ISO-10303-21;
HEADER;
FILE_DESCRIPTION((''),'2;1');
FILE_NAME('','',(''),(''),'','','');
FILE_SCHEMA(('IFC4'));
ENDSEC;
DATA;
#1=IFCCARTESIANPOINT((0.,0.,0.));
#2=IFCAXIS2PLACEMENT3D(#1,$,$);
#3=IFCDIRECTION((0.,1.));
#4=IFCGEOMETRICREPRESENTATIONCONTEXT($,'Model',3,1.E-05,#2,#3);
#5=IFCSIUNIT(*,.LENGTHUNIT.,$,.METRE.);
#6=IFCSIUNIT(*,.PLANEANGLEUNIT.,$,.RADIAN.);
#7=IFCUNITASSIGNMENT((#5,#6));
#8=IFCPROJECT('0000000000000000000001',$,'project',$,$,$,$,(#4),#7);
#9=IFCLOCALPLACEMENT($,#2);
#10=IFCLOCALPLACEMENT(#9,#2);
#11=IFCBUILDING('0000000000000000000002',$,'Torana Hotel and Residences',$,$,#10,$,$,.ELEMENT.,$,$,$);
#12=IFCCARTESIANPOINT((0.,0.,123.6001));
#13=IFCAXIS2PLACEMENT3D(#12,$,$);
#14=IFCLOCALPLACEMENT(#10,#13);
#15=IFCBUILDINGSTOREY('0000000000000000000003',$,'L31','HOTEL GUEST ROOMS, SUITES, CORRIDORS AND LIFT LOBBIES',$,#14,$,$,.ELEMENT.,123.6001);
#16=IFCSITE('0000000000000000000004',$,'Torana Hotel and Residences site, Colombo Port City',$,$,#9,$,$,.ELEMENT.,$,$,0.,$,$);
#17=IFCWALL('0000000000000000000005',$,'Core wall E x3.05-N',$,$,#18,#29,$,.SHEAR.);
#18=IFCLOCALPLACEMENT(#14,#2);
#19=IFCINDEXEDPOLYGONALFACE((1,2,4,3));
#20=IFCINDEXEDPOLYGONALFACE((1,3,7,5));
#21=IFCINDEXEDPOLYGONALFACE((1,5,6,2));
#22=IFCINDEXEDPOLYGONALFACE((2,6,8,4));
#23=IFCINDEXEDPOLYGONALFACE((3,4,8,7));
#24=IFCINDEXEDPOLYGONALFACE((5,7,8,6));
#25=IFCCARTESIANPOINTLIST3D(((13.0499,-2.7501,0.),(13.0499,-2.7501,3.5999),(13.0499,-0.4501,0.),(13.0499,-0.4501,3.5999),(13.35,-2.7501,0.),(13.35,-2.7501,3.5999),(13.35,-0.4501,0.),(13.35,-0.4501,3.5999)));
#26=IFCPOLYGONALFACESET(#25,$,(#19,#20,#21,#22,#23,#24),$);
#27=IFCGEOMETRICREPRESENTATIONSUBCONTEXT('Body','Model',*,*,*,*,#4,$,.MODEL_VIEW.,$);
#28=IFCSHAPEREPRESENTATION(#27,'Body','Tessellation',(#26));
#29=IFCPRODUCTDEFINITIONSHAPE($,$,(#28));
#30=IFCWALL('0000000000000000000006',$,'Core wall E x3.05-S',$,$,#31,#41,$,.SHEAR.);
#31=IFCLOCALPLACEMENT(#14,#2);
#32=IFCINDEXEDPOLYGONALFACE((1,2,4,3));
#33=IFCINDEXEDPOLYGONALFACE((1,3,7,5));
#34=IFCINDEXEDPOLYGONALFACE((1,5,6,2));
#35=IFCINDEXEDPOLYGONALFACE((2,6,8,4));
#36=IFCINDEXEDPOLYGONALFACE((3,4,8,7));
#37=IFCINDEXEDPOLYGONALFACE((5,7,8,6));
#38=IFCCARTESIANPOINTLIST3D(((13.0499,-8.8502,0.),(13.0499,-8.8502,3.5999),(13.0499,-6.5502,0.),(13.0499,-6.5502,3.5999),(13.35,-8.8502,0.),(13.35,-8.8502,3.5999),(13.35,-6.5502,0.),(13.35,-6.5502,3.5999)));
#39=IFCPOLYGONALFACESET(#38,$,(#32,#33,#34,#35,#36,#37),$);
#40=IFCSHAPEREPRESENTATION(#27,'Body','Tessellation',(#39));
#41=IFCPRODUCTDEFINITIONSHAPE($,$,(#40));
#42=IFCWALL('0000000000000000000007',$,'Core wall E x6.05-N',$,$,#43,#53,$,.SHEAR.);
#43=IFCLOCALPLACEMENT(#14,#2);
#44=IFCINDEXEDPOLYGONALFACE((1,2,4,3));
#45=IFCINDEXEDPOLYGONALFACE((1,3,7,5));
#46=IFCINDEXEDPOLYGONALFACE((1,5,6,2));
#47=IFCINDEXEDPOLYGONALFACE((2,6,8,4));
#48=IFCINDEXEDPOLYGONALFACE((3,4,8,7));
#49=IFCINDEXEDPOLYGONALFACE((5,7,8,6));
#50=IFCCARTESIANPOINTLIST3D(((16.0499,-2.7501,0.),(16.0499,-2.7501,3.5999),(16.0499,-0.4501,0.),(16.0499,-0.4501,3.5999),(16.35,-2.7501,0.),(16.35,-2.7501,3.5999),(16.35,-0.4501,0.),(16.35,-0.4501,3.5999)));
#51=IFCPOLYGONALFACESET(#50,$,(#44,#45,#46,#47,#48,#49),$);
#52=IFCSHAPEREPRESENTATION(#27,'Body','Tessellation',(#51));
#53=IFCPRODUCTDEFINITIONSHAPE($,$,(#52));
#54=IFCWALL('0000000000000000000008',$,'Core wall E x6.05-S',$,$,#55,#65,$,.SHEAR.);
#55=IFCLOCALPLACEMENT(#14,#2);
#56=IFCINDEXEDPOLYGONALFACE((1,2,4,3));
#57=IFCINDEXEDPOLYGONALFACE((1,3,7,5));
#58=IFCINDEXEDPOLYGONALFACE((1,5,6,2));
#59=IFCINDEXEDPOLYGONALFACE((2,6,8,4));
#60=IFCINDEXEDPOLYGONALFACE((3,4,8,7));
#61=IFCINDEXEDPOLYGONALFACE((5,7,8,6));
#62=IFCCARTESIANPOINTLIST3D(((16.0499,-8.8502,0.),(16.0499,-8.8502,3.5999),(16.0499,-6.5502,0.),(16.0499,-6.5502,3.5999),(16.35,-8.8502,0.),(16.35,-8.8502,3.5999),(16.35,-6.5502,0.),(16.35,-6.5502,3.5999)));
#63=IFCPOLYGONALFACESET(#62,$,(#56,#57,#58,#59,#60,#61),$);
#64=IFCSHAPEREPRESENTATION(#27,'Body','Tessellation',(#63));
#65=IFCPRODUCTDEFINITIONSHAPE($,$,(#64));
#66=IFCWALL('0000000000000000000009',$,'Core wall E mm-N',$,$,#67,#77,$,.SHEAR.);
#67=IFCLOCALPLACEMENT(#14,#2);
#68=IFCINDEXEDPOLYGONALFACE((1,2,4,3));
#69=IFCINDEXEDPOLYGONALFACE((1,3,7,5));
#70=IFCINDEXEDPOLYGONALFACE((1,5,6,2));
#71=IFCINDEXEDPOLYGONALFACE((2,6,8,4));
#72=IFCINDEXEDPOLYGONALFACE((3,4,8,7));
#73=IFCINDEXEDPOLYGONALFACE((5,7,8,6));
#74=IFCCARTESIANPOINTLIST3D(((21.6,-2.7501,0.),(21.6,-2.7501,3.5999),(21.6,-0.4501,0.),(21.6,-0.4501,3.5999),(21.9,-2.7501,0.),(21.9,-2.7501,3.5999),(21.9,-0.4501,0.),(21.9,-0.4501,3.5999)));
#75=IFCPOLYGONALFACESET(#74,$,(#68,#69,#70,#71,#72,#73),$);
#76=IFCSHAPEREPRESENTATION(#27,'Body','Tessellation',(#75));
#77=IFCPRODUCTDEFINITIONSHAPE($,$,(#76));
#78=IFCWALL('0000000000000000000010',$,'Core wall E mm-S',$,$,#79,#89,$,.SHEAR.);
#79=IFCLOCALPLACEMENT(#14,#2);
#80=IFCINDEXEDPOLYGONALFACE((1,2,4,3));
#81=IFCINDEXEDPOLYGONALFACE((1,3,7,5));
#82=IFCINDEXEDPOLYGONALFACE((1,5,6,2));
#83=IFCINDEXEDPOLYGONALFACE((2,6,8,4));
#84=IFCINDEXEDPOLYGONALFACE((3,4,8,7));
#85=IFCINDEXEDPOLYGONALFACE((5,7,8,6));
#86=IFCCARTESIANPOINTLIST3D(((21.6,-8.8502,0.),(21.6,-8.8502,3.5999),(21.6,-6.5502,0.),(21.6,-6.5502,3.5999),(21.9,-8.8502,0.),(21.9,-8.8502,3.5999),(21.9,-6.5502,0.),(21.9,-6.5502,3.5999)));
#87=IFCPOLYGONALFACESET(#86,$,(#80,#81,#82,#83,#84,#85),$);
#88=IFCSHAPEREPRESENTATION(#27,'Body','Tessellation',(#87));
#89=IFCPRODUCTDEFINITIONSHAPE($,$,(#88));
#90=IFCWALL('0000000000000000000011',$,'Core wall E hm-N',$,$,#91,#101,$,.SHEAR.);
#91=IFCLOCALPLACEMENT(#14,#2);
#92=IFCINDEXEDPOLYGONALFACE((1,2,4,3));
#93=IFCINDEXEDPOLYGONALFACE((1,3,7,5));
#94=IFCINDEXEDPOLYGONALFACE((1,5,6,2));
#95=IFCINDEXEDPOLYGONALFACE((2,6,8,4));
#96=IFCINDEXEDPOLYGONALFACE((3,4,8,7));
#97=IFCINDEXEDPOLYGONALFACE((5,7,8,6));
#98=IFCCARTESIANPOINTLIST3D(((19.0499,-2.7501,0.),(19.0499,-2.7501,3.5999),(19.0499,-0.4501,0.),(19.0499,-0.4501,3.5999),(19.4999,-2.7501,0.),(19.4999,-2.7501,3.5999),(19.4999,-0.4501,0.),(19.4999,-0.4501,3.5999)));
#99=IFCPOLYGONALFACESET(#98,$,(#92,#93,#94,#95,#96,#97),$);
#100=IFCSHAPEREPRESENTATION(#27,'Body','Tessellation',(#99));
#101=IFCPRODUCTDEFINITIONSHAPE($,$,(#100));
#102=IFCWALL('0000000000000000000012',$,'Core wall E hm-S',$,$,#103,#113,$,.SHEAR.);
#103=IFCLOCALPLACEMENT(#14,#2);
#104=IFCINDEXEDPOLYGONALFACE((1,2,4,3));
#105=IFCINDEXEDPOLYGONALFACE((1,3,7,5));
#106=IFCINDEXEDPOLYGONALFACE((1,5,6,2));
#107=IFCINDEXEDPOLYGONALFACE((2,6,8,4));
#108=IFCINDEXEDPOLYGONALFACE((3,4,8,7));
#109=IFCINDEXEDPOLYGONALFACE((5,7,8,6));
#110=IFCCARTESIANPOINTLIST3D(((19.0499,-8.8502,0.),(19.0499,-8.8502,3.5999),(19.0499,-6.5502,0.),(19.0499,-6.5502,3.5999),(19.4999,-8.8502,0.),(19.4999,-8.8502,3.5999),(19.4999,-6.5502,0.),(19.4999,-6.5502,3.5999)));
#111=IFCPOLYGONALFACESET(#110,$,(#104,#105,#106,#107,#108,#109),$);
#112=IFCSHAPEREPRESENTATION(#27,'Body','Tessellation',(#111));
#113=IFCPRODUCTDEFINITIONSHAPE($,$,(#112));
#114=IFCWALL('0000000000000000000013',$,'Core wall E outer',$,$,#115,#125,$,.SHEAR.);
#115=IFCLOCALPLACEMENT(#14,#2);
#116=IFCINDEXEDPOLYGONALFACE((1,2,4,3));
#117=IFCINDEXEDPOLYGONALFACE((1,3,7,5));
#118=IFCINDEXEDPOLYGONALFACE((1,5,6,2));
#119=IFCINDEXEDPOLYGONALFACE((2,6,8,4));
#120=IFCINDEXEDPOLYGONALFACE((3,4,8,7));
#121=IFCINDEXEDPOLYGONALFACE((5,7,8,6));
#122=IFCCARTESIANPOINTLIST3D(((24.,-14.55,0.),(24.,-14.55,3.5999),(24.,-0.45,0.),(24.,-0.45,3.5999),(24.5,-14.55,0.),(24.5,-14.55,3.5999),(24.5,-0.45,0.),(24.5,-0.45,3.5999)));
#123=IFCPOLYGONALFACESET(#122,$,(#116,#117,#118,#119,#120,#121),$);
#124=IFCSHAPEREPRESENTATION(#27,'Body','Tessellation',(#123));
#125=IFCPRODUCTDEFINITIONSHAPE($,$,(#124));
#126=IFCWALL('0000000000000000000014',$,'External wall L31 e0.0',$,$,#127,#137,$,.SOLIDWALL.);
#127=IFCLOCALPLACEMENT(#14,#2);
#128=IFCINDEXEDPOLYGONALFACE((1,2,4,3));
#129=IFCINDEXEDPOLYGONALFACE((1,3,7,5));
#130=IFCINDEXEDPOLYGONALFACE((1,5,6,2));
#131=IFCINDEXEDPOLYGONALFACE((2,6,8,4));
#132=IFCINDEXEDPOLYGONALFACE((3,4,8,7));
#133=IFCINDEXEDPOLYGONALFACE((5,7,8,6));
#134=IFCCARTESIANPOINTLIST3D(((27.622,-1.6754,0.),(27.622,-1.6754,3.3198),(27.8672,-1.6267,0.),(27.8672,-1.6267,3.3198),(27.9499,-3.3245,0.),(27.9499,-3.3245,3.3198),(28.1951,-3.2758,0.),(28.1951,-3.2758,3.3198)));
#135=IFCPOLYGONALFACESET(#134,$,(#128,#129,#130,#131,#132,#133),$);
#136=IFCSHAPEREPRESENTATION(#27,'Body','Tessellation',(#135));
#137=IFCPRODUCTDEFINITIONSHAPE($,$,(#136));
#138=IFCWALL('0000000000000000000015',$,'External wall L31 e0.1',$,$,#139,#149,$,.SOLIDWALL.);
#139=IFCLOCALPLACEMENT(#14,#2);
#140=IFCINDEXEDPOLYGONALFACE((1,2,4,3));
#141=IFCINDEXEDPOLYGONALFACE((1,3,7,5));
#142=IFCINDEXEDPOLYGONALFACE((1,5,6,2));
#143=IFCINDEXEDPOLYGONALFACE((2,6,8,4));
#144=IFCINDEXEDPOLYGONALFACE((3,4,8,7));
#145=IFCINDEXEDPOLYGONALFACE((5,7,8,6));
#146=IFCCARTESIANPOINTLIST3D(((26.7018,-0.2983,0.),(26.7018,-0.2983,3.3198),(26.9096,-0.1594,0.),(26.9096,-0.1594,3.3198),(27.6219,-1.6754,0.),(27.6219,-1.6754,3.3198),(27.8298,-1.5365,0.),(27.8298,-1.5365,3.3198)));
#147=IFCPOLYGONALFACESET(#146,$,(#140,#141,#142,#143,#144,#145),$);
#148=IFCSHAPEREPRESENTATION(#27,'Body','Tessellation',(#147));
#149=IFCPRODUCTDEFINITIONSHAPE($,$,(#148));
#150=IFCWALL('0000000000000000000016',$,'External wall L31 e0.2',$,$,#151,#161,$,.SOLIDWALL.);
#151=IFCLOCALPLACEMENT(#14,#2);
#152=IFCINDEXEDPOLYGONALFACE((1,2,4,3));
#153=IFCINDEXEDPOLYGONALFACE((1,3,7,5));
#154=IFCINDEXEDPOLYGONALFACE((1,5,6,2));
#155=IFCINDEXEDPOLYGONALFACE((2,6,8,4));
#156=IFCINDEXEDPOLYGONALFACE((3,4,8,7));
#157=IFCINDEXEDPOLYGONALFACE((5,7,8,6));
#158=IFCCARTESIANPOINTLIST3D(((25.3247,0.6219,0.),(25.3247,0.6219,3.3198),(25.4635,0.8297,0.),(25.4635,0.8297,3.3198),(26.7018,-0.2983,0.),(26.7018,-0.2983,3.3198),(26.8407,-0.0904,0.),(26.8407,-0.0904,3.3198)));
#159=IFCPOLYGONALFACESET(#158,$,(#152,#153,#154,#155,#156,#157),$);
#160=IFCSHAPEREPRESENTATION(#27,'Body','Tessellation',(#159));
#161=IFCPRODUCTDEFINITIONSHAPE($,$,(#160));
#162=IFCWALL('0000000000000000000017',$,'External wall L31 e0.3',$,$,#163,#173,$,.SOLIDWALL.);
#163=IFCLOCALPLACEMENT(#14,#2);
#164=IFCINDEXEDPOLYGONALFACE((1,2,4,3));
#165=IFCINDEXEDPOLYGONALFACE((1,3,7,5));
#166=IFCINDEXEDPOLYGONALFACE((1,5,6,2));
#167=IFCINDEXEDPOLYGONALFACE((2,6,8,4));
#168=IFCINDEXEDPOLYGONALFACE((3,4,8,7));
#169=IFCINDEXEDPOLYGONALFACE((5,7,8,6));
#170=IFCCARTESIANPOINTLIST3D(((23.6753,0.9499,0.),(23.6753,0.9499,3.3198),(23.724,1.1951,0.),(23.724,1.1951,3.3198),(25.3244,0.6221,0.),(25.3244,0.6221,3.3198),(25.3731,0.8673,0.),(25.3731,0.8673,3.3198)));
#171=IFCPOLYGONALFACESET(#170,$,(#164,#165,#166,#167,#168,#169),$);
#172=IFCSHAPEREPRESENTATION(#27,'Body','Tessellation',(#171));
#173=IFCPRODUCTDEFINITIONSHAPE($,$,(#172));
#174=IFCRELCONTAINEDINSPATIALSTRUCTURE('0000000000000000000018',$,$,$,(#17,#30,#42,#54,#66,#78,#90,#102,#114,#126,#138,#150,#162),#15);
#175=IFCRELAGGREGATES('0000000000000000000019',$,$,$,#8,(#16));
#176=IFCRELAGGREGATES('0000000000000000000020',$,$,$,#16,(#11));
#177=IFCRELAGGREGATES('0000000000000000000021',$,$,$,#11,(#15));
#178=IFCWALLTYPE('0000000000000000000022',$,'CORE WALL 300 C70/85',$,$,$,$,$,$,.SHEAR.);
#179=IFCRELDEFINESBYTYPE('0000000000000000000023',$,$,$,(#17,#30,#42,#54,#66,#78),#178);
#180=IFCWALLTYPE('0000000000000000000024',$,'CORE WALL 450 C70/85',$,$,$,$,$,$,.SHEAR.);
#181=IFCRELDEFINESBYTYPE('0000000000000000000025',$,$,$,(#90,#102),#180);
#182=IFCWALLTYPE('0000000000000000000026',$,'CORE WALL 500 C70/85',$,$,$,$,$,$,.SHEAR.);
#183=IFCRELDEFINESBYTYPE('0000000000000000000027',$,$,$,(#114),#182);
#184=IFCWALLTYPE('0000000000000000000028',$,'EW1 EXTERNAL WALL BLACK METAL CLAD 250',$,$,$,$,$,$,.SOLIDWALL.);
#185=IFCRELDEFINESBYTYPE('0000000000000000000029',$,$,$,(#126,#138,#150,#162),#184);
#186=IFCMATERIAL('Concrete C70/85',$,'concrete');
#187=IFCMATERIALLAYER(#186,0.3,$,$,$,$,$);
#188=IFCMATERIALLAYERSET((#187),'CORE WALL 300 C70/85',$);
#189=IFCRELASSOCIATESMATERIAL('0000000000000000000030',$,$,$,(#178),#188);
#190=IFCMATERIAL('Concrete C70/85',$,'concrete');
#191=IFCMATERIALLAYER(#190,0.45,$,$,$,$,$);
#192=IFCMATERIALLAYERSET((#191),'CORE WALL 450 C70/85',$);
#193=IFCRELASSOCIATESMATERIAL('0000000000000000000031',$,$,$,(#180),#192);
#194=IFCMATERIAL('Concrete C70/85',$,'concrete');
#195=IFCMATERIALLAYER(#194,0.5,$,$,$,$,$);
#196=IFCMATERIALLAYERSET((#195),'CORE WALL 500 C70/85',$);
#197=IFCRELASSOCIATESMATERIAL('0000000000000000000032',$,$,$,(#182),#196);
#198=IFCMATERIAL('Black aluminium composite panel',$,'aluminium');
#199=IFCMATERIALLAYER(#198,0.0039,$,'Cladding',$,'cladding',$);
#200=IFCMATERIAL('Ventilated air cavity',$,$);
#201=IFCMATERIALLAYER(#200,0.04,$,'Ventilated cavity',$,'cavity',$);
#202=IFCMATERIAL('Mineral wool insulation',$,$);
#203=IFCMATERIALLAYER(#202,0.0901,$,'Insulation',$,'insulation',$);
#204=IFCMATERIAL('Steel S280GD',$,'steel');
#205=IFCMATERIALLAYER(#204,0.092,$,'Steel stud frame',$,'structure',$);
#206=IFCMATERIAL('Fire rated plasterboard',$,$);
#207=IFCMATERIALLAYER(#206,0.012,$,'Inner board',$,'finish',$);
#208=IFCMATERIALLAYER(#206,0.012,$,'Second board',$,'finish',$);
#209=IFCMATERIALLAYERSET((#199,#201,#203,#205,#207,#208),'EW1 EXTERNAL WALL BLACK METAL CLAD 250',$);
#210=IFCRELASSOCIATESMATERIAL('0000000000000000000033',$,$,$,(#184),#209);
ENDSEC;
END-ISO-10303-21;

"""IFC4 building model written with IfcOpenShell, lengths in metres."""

from ifc_helpers import new_model, si_unit, direction, frame, frame_2d, origin, place, context, subcontext, project, spatial, rectangle, extrude, material, layer, layer_set, type_object, element, save


model = new_model("IFC4")

# Units and contexts
model_context = context("Model", 3, precision=1e-05, world=origin(), true_north=direction((0.0, 1.0)))
body_context = subcontext(model_context, "Body", "Model", "MODEL_VIEW")
ifc_project = project(units=[si_unit("LENGTHUNIT", "METRE"), si_unit("PLANEANGLEUNIT", "RADIAN")], contexts=[model_context])

# Site, building, storey
site_placement = place(None, origin())
site = spatial("IfcSite", under=ifc_project, at=site_placement, Name="Torana Hotel and Residences site, Colombo Port City", CompositionType="ELEMENT", RefElevation=0.0)
building_placement = place(site_placement, origin())
building = spatial("IfcBuilding", under=site, at=building_placement, Name="Torana Hotel and Residences", CompositionType="ELEMENT")
storey_placement = place(building_placement, frame((0.0, 0.0, 123.6001)))
storey = spatial("IfcBuildingStorey", under=building, at=storey_placement, Name="L31", Description="HOTEL GUEST ROOMS, SUITES, CORRIDORS AND LIFT LOBBIES", CompositionType="ELEMENT", Elevation=123.6001)

# Walls
ifc_material_1 = material(Name="Concrete C70/85", Category="concrete")
ifc_layer_1 = layer(ifc_material_1, 0.3)
ifc_layer_set_1 = layer_set([ifc_layer_1], Name="CORE WALL 300 C70/85")
wall_type_1 = type_object("IfcWallType", Name="CORE WALL 300 C70/85", PredefinedType="SHEAR", material=ifc_layer_set_1)
for number, where, z_axis, x_axis, name in (
    (1, (13.2, -2.75, 0.0), (0.0, 0.0, 1.0), (0.0, 1.0, 0.0), "Core wall E x3.05-N"),
    (2, (13.2, -8.8501, 0.0), (0.0, 0.0, 1.0), (0.0, 1.0, 0.0), "Core wall E x3.05-S"),
    (3, (16.2, -2.75, 0.0), (0.0, 0.0, 1.0), (0.0, 1.0, 0.0), "Core wall E x6.05-N"),
    (4, (16.2, -8.8501, 0.0), (0.0, 0.0, 1.0), (0.0, 1.0, 0.0), "Core wall E x6.05-S"),
    (5, (21.75, -2.75, 0.0), (0.0, 0.0, 1.0), (0.0, 1.0, 0.0), "Core wall E mm-N"),
    (6, (21.75, -8.8501, 0.0), (0.0, 0.0, 1.0), (0.0, 1.0, 0.0), "Core wall E mm-S"),
):
    element("IfcWall", number, at=place(storey_placement, frame(where, z_axis=z_axis, x_axis=x_axis)), inside=storey, type_object=wall_type_1, Name=name, PredefinedType="SHEAR", context=body_context, shape_type="SweptSolid", body=[
        extrude(rectangle(XDim=2.3, YDim=0.3, at=frame_2d((1.1499, 0.0))), origin(), (0.0, 0.0, 1.0), 3.5999),
    ])
ifc_material_2 = material(Name="Concrete C70/85", Category="concrete")
ifc_layer_2 = layer(ifc_material_2, 0.45)
ifc_layer_set_2 = layer_set([ifc_layer_2], Name="CORE WALL 450 C70/85")
wall_type_2 = type_object("IfcWallType", Name="CORE WALL 450 C70/85", PredefinedType="SHEAR", material=ifc_layer_set_2)
for number, where, z_axis, x_axis, name in (
    (7, (19.2749, -2.75, 0.0), (0.0, 0.0, 1.0), (0.0, 1.0, 0.0), "Core wall E hm-N"),
    (8, (19.2749, -8.8501, 0.0), (0.0, 0.0, 1.0), (0.0, 1.0, 0.0), "Core wall E hm-S"),
):
    element("IfcWall", number, at=place(storey_placement, frame(where, z_axis=z_axis, x_axis=x_axis)), inside=storey, type_object=wall_type_2, Name=name, PredefinedType="SHEAR", context=body_context, shape_type="SweptSolid", body=[
        extrude(rectangle(XDim=2.3, YDim=0.45, at=frame_2d((1.1499, 0.0))), origin(), (0.0, 0.0, 1.0), 3.5999),
    ])
ifc_material_3 = material(Name="Concrete C70/85", Category="concrete")
ifc_layer_3 = layer(ifc_material_3, 0.5)
ifc_layer_set_3 = layer_set([ifc_layer_3], Name="CORE WALL 500 C70/85")
wall_type_3 = type_object("IfcWallType", Name="CORE WALL 500 C70/85", PredefinedType="SHEAR", material=ifc_layer_set_3)
wall_1_placement = place(storey_placement, frame((24.25, -14.55, 0.0), z_axis=(0.0, 0.0, 1.0), x_axis=(0.0, 1.0, 0.0)))
element("IfcWall", 9, at=wall_1_placement, inside=storey, type_object=wall_type_3, Name="Core wall E outer", PredefinedType="SHEAR", context=body_context, shape_type="SweptSolid", body=[
    extrude(rectangle(XDim=14.1001, YDim=0.5, at=frame_2d((7.05, 0.0))), origin(), (0.0, 0.0, 1.0), 3.5999),
])
ifc_material_4 = material(Name="Black aluminium composite panel", Category="aluminium")
ifc_layer_4 = layer(ifc_material_4, 0.0039, Name="Cladding", Category="cladding")
ifc_material_5 = material(Name="Ventilated air cavity")
ifc_layer_5 = layer(ifc_material_5, 0.04, Name="Ventilated cavity", Category="cavity")
ifc_material_6 = material(Name="Mineral wool insulation")
ifc_layer_6 = layer(ifc_material_6, 0.0901, Name="Insulation", Category="insulation")
ifc_material_7 = material(Name="Steel S280GD", Category="steel")
ifc_layer_7 = layer(ifc_material_7, 0.092, Name="Steel stud frame", Category="structure")
ifc_material_8 = material(Name="Fire rated plasterboard")
ifc_layer_8 = layer(ifc_material_8, 0.012, Name="Inner board", Category="finish")
ifc_layer_9 = layer(ifc_material_8, 0.012, Name="Second board", Category="finish")
ifc_layer_set_4 = layer_set([ifc_layer_4, ifc_layer_5, ifc_layer_6, ifc_layer_7, ifc_layer_8, ifc_layer_9], Name="EW1 EXTERNAL WALL BLACK METAL CLAD 250")
wall_type_4 = type_object("IfcWallType", Name="EW1 EXTERNAL WALL BLACK METAL CLAD 250", PredefinedType="SOLIDWALL", material=ifc_layer_set_4)
wall_2_placement = place(storey_placement, frame((28.0725, -3.3003, 0.0), z_axis=(0.0, 0.0, 1.0), x_axis=(-0.194999, 0.980803, 0.0)))
element("IfcWall", 10, at=wall_2_placement, inside=storey, type_object=wall_type_4, Name="External wall L31 e0.0", PredefinedType="SOLIDWALL", context=body_context, shape_type="SweptSolid", body=[
    extrude(rectangle(XDim=1.6814, YDim=0.25, at=frame_2d((0.8408, 0.0))), origin(), (0.0, 0.0, 1.0), 3.3198),
])
for number, where, z_axis, x_axis, name in (
    (11, (27.7258, -1.606, 0.0), (0.0, 0.0, 1.0), (-0.55555, 0.831483, 0.0), "External wall L31 e0.1"),
    (12, (26.7712, -0.1943, 0.0), (0.0, 0.0, 1.0), (-0.831483, 0.55555, 0.0), "External wall L31 e0.2"),
):
    element("IfcWall", number, at=place(storey_placement, frame(where, z_axis=z_axis, x_axis=x_axis)), inside=storey, type_object=wall_type_4, Name=name, PredefinedType="SOLIDWALL", context=body_context, shape_type="SweptSolid", body=[
        extrude(rectangle(XDim=1.6562, YDim=0.25, at=frame_2d((0.8281, 0.0))), origin(), (0.0, 0.0, 1.0), 3.3198),
    ])
wall_3_placement = place(storey_placement, frame((25.3489, 0.7446, 0.0), z_axis=(0.0, 0.0, 1.0), x_axis=(-0.980803, 0.194999, 0.0)))
element("IfcWall", 13, at=wall_3_placement, inside=storey, type_object=wall_type_4, Name="External wall L31 e0.3", PredefinedType="SOLIDWALL", context=body_context, shape_type="SweptSolid", body=[
    extrude(rectangle(XDim=1.6814, YDim=0.25, at=frame_2d((0.8408, 0.0))), origin(), (0.0, 0.0, 1.0), 3.3198),
])

save(model, "model.ifc")
